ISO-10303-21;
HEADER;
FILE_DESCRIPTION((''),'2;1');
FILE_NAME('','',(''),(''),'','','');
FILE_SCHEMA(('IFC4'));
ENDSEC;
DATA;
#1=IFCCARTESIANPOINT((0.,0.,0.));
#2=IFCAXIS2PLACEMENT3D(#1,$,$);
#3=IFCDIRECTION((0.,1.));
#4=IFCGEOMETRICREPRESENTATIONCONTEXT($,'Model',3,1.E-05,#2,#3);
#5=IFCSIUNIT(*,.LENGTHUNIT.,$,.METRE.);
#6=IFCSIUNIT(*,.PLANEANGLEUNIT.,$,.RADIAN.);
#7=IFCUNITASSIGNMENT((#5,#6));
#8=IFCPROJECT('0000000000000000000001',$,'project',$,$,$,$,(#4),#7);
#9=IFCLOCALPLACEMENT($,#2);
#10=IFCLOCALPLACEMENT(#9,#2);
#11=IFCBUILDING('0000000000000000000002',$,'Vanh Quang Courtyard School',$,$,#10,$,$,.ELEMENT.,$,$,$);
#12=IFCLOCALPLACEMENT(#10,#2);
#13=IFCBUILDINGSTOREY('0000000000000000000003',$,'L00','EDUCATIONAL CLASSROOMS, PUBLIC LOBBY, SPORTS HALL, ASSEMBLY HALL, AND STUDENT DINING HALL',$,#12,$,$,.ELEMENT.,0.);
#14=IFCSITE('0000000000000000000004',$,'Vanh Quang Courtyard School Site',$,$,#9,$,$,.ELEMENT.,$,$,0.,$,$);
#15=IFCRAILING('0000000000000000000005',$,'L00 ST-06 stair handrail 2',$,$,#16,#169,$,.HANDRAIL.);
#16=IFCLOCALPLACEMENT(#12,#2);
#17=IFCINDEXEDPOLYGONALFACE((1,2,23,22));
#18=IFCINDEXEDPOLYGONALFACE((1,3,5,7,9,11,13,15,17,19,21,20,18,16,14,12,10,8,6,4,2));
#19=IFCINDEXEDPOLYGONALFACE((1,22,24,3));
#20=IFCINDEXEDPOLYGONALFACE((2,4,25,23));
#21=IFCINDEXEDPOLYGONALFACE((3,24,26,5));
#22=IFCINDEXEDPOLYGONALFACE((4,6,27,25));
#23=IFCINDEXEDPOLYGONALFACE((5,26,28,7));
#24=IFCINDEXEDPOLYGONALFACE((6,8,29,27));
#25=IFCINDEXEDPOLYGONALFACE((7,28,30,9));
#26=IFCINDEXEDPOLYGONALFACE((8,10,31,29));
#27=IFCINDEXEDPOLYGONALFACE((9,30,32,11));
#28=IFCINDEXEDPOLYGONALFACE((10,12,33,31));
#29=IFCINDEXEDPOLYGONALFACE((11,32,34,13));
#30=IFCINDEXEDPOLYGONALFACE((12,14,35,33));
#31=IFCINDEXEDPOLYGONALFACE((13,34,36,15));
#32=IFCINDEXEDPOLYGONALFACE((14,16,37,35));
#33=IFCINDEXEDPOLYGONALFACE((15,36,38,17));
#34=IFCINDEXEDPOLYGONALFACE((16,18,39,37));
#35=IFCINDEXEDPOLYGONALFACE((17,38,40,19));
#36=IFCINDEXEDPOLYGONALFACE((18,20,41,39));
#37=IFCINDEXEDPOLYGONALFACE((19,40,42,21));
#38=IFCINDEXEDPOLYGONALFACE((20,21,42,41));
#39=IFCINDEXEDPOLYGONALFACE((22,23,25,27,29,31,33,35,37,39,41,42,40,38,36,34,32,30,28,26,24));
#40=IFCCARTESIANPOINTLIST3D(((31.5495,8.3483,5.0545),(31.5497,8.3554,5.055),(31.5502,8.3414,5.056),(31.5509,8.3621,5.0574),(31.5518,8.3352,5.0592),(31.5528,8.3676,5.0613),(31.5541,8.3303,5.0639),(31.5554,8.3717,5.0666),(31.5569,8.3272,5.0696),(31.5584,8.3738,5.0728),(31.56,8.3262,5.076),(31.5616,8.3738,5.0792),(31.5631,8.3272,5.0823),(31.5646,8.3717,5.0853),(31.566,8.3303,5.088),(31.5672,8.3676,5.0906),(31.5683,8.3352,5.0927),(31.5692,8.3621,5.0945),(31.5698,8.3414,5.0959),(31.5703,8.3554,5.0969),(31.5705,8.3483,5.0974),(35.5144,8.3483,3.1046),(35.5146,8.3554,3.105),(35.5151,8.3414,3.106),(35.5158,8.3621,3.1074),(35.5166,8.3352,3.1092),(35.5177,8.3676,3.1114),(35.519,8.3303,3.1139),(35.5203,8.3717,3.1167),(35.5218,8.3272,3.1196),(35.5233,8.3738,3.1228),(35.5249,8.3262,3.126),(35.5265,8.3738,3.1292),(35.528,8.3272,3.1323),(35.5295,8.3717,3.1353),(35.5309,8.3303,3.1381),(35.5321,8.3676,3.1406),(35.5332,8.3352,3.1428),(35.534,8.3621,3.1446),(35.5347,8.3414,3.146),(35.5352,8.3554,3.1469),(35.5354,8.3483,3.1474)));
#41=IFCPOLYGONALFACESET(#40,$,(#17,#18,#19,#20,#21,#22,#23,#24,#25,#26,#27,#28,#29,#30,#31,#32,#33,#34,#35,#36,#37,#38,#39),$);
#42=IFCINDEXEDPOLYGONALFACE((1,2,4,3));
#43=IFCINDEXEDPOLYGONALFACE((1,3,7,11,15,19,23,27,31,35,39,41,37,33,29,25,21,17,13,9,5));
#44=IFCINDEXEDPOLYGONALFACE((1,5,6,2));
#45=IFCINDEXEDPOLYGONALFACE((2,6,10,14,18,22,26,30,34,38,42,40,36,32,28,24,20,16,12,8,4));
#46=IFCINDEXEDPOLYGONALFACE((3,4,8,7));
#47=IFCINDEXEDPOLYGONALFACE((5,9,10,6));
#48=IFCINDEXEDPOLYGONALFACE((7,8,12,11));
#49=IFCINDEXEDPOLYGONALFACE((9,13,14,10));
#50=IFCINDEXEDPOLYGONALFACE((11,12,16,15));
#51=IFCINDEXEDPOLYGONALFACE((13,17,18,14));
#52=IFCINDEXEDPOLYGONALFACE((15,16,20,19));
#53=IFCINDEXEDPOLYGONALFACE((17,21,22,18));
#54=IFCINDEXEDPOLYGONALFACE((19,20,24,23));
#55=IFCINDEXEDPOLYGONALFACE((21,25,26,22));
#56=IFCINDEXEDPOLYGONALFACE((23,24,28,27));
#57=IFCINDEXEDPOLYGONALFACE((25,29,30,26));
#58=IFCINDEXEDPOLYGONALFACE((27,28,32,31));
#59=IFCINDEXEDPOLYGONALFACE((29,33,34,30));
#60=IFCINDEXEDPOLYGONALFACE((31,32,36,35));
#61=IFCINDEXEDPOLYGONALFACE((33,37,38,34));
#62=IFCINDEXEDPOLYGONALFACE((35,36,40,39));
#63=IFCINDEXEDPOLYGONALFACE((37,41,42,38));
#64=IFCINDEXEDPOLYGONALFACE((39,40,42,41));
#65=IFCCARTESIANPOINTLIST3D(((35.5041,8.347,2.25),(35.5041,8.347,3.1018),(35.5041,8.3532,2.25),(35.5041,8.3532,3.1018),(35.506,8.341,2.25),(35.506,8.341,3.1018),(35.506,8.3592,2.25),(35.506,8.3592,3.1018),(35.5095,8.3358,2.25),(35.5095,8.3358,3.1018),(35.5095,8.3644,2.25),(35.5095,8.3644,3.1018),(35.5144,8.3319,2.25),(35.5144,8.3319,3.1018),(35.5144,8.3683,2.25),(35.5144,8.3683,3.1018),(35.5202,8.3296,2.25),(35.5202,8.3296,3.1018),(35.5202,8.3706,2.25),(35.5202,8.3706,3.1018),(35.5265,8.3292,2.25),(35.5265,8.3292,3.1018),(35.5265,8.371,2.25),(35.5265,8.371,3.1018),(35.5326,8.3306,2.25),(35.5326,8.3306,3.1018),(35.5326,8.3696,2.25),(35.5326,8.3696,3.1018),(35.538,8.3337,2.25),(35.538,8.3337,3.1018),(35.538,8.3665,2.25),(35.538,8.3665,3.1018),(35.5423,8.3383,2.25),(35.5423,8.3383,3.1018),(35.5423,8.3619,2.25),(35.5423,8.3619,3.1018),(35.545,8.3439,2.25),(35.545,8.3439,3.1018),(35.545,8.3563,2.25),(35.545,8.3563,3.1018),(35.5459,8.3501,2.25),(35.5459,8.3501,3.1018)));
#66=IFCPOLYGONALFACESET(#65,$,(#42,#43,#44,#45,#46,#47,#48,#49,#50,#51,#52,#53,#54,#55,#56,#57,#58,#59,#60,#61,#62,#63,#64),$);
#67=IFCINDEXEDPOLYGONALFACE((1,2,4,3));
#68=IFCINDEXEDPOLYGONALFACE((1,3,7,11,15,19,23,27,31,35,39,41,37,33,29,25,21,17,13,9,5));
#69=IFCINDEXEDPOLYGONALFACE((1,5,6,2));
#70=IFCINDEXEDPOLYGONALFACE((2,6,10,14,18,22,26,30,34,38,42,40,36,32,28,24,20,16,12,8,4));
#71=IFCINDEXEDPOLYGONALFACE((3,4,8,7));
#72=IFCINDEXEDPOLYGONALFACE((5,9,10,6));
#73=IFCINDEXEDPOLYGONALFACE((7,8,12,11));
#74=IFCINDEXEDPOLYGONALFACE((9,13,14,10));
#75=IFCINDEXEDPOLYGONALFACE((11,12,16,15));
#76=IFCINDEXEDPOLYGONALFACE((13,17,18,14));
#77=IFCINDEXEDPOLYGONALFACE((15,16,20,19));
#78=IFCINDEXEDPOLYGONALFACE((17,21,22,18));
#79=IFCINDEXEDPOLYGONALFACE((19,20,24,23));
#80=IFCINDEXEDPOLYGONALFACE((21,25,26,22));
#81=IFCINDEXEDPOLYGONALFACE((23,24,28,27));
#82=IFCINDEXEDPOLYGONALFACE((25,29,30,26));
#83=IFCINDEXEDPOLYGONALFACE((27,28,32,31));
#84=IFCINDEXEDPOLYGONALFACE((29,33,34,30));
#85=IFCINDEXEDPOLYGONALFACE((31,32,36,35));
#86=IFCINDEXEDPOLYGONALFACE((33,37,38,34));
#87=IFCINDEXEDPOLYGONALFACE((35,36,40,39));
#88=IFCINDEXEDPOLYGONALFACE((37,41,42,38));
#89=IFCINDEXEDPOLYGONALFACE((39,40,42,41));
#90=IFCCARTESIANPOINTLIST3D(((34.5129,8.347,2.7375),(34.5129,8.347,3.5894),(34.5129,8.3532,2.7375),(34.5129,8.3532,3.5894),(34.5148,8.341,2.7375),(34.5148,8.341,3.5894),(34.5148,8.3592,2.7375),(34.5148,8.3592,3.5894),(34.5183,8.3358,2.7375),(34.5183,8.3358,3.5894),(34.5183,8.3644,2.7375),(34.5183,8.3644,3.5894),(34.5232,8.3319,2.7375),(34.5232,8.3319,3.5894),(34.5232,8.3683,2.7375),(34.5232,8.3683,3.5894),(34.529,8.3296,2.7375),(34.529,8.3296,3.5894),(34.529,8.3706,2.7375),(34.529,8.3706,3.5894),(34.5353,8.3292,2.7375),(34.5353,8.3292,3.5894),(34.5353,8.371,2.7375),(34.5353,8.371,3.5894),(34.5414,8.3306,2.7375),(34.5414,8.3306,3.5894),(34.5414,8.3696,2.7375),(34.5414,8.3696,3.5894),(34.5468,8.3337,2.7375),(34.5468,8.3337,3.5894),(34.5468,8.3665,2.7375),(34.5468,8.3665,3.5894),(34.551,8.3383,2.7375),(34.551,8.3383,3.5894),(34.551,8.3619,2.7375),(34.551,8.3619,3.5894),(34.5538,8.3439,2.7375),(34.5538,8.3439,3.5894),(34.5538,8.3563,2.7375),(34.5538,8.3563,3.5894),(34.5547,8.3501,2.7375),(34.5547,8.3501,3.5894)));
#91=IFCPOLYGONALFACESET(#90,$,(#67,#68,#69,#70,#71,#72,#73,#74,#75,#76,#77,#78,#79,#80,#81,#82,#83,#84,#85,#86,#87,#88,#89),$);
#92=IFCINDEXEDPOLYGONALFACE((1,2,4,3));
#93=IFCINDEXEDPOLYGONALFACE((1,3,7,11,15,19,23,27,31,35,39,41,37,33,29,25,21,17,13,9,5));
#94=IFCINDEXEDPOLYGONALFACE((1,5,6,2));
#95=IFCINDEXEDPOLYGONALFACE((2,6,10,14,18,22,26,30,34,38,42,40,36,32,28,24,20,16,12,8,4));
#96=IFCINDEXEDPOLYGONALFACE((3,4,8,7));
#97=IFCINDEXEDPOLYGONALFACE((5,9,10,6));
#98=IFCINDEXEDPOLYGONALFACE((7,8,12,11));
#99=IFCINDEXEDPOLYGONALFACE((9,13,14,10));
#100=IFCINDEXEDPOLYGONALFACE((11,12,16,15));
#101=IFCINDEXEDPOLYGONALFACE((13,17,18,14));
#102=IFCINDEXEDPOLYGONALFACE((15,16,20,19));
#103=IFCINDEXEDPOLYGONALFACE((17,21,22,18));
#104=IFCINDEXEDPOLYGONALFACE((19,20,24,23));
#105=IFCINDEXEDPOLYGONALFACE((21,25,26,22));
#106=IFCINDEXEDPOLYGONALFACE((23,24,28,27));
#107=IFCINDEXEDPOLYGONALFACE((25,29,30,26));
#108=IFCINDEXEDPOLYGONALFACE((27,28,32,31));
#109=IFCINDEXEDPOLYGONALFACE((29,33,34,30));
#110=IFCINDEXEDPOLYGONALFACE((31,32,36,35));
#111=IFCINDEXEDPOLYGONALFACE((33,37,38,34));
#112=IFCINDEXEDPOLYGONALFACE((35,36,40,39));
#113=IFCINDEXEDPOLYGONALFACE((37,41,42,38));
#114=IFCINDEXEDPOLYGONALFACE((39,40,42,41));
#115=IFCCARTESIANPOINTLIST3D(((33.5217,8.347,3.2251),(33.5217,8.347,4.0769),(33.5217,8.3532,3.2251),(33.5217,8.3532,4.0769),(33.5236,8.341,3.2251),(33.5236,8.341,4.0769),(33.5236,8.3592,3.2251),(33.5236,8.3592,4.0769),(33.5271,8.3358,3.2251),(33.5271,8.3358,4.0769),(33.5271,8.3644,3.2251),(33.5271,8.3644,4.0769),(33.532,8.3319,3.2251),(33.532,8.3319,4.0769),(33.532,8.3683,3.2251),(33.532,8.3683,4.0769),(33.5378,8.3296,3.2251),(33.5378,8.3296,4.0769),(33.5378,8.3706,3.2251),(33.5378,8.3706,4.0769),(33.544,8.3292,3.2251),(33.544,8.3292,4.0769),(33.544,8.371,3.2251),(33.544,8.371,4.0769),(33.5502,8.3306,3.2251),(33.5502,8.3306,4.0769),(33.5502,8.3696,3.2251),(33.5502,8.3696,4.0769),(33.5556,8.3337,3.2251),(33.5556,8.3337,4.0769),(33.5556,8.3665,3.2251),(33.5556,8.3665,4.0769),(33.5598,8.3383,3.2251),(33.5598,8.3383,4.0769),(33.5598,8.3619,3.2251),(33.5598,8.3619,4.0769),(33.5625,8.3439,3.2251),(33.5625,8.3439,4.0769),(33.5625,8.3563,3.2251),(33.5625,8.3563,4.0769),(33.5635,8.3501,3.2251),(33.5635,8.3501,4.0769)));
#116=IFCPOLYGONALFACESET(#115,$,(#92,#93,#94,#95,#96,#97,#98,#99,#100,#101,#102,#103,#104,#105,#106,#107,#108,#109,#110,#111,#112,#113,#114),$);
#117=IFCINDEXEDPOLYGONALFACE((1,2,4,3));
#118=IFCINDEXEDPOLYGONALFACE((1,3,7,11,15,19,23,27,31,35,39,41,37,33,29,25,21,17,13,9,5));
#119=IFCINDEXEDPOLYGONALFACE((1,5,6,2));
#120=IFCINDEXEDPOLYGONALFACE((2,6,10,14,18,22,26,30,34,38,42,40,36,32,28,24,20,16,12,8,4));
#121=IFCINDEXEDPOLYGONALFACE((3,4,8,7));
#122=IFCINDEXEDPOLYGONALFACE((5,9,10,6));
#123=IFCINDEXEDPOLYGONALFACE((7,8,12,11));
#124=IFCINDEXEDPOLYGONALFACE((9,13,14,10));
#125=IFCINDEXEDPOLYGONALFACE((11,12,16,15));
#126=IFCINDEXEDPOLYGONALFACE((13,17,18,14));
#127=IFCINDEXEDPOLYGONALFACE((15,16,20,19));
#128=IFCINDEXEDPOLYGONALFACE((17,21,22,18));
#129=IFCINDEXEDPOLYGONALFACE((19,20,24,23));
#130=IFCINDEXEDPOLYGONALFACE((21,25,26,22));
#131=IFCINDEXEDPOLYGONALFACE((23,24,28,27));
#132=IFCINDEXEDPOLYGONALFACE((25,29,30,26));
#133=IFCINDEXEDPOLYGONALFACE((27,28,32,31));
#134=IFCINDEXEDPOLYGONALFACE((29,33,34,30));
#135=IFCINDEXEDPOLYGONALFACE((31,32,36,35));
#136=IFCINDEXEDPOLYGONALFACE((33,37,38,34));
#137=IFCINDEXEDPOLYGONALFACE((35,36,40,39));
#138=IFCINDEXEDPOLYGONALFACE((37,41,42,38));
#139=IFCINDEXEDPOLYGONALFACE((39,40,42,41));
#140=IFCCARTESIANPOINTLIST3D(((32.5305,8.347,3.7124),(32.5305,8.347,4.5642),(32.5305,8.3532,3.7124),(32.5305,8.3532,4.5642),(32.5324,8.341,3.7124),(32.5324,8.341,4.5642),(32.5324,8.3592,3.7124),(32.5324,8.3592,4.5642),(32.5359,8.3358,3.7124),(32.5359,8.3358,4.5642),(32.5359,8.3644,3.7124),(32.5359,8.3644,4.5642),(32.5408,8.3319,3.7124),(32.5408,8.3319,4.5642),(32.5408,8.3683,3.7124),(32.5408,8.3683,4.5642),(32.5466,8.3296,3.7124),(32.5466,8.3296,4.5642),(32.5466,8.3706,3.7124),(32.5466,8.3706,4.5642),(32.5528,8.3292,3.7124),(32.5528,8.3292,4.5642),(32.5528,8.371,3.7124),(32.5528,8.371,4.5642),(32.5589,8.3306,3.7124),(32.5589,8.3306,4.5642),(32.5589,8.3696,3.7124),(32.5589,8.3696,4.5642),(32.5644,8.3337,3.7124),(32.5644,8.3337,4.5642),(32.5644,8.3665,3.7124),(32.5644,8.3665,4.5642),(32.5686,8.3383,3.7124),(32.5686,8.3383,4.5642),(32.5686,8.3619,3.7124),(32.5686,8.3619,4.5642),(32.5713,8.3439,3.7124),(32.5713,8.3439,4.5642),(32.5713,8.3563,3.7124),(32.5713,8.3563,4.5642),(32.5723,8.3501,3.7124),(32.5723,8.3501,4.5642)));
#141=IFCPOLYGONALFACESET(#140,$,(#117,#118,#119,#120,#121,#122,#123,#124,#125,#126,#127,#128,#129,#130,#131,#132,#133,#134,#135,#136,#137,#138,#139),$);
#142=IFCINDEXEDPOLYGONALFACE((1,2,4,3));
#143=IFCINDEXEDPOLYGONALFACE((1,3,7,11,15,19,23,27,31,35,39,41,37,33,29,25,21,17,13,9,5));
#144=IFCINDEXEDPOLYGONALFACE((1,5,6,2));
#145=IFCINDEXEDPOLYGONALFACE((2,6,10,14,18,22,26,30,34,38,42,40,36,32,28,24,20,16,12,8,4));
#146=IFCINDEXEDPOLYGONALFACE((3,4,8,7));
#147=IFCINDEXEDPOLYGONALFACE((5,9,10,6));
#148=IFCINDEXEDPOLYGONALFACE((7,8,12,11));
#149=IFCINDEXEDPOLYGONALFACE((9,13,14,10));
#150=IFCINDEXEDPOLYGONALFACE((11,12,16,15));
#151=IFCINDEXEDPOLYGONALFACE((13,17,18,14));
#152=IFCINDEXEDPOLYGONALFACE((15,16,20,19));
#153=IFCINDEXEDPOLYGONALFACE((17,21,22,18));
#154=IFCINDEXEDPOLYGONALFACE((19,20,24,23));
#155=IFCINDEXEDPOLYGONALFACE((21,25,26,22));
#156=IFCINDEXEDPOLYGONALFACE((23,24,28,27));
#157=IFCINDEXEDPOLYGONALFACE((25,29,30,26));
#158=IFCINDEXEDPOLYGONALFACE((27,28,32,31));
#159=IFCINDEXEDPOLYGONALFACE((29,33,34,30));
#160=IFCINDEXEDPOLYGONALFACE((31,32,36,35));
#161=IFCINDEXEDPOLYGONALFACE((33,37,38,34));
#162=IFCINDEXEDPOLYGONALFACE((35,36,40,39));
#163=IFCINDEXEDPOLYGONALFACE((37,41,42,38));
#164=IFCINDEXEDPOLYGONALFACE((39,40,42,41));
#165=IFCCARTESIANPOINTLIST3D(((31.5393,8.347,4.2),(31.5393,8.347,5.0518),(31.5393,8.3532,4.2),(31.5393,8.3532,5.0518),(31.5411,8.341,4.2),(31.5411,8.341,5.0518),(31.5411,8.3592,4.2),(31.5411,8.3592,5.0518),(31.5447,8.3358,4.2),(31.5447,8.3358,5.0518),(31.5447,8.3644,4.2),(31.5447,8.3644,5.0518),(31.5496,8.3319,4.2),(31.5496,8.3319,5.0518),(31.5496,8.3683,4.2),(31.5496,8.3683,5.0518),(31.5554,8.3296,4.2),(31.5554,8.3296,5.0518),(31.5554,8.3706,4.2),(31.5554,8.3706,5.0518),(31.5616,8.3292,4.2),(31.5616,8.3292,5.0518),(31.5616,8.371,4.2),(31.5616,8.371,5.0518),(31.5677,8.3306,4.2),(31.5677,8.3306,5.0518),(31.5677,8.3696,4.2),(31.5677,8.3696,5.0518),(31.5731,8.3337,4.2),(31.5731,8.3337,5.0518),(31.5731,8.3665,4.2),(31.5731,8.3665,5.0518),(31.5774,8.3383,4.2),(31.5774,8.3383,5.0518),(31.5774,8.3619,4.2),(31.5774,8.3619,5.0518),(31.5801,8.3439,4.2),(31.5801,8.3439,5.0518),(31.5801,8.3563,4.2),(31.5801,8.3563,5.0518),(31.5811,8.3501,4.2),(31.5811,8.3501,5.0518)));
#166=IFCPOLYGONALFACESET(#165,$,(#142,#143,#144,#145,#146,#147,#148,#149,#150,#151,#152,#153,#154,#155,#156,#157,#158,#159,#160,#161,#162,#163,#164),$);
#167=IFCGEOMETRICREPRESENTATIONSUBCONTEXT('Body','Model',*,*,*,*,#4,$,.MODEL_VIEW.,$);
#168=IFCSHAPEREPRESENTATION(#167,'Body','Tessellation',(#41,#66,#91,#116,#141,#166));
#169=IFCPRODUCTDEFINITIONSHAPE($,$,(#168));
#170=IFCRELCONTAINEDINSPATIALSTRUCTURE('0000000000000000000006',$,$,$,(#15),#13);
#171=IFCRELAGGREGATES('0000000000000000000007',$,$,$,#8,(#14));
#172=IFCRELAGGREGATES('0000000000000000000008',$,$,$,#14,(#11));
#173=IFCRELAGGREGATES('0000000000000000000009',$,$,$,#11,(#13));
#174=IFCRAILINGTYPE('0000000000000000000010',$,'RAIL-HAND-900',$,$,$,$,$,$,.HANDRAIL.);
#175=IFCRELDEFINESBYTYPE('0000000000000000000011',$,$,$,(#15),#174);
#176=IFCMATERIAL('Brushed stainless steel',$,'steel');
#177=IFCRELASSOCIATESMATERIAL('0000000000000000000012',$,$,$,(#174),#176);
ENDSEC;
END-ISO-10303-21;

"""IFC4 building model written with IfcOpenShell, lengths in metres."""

from ifc_helpers import new_model, si_unit, direction, frame, origin, origin_2d, place, context, subcontext, project, spatial, circle, extrude, material, type_object, element, save


model = new_model("IFC4")

# Units and contexts
model_context = context("Model", 3, precision=1e-05, world=origin(), true_north=direction((0.0, 1.0)))
body_context = subcontext(model_context, "Body", "Model", "MODEL_VIEW")
ifc_project = project(units=[si_unit("LENGTHUNIT", "METRE"), si_unit("PLANEANGLEUNIT", "RADIAN")], contexts=[model_context])

# Site, building, storey
site_placement = place(None, origin())
site = spatial("IfcSite", under=ifc_project, at=site_placement, Name="Vanh Quang Courtyard School Site", CompositionType="ELEMENT", RefElevation=0.0)
building_placement = place(site_placement, origin())
building = spatial("IfcBuilding", under=site, at=building_placement, Name="Vanh Quang Courtyard School", CompositionType="ELEMENT")
storey_placement = place(building_placement, origin())
storey = spatial("IfcBuildingStorey", under=building, at=storey_placement, Name="L00", Description="EDUCATIONAL CLASSROOMS, PUBLIC LOBBY, SPORTS HALL, ASSEMBLY HALL, AND STUDENT DINING HALL", CompositionType="ELEMENT", Elevation=0.0)

# Railing
ifc_material_1 = material(Name="Brushed stainless steel", Category="steel")
railing_type_1 = type_object("IfcRailingType", Name="RAIL-HAND-900", PredefinedType="HANDRAIL", material=ifc_material_1)
railing_1_placement = place(storey_placement, frame((35.5249, 8.3501, 2.25)))
element("IfcRailing", 1, at=railing_1_placement, inside=storey, type_object=railing_type_1, Name="L00 ST-06 stair handrail 2", PredefinedType="HANDRAIL", context=body_context, shape_type="SweptSolid", body=[
    extrude(circle(Radius=0.0239, at=origin_2d()), frame((0.0, 0.0, 0.876), z_axis=(-0.897347, 0.0, 0.441325), x_axis=(0.0, -1.0, 0.0)), (0.0, 0.0, 1.0), 4.4185),
    extrude(circle(Radius=0.021, at=origin_2d()), origin(), (0.0, 0.0, 1.0), 0.8518),
    extrude(circle(Radius=0.021, at=origin_2d()), frame((-0.9912, 0.0, 0.4875)), (0.0, 0.0, 1.0), 0.8518),
    extrude(circle(Radius=0.021, at=origin_2d()), frame((-1.9824, 0.0, 0.9751)), (0.0, 0.0, 1.0), 0.8518),
    extrude(circle(Radius=0.021, at=origin_2d()), frame((-2.9736, 0.0, 1.4624)), (0.0, 0.0, 1.0), 0.8518),
    extrude(circle(Radius=0.021, at=origin_2d()), frame((-3.9648, 0.0, 1.95)), (0.0, 0.0, 1.0), 0.8518),
])

save(model, "model.ifc")
